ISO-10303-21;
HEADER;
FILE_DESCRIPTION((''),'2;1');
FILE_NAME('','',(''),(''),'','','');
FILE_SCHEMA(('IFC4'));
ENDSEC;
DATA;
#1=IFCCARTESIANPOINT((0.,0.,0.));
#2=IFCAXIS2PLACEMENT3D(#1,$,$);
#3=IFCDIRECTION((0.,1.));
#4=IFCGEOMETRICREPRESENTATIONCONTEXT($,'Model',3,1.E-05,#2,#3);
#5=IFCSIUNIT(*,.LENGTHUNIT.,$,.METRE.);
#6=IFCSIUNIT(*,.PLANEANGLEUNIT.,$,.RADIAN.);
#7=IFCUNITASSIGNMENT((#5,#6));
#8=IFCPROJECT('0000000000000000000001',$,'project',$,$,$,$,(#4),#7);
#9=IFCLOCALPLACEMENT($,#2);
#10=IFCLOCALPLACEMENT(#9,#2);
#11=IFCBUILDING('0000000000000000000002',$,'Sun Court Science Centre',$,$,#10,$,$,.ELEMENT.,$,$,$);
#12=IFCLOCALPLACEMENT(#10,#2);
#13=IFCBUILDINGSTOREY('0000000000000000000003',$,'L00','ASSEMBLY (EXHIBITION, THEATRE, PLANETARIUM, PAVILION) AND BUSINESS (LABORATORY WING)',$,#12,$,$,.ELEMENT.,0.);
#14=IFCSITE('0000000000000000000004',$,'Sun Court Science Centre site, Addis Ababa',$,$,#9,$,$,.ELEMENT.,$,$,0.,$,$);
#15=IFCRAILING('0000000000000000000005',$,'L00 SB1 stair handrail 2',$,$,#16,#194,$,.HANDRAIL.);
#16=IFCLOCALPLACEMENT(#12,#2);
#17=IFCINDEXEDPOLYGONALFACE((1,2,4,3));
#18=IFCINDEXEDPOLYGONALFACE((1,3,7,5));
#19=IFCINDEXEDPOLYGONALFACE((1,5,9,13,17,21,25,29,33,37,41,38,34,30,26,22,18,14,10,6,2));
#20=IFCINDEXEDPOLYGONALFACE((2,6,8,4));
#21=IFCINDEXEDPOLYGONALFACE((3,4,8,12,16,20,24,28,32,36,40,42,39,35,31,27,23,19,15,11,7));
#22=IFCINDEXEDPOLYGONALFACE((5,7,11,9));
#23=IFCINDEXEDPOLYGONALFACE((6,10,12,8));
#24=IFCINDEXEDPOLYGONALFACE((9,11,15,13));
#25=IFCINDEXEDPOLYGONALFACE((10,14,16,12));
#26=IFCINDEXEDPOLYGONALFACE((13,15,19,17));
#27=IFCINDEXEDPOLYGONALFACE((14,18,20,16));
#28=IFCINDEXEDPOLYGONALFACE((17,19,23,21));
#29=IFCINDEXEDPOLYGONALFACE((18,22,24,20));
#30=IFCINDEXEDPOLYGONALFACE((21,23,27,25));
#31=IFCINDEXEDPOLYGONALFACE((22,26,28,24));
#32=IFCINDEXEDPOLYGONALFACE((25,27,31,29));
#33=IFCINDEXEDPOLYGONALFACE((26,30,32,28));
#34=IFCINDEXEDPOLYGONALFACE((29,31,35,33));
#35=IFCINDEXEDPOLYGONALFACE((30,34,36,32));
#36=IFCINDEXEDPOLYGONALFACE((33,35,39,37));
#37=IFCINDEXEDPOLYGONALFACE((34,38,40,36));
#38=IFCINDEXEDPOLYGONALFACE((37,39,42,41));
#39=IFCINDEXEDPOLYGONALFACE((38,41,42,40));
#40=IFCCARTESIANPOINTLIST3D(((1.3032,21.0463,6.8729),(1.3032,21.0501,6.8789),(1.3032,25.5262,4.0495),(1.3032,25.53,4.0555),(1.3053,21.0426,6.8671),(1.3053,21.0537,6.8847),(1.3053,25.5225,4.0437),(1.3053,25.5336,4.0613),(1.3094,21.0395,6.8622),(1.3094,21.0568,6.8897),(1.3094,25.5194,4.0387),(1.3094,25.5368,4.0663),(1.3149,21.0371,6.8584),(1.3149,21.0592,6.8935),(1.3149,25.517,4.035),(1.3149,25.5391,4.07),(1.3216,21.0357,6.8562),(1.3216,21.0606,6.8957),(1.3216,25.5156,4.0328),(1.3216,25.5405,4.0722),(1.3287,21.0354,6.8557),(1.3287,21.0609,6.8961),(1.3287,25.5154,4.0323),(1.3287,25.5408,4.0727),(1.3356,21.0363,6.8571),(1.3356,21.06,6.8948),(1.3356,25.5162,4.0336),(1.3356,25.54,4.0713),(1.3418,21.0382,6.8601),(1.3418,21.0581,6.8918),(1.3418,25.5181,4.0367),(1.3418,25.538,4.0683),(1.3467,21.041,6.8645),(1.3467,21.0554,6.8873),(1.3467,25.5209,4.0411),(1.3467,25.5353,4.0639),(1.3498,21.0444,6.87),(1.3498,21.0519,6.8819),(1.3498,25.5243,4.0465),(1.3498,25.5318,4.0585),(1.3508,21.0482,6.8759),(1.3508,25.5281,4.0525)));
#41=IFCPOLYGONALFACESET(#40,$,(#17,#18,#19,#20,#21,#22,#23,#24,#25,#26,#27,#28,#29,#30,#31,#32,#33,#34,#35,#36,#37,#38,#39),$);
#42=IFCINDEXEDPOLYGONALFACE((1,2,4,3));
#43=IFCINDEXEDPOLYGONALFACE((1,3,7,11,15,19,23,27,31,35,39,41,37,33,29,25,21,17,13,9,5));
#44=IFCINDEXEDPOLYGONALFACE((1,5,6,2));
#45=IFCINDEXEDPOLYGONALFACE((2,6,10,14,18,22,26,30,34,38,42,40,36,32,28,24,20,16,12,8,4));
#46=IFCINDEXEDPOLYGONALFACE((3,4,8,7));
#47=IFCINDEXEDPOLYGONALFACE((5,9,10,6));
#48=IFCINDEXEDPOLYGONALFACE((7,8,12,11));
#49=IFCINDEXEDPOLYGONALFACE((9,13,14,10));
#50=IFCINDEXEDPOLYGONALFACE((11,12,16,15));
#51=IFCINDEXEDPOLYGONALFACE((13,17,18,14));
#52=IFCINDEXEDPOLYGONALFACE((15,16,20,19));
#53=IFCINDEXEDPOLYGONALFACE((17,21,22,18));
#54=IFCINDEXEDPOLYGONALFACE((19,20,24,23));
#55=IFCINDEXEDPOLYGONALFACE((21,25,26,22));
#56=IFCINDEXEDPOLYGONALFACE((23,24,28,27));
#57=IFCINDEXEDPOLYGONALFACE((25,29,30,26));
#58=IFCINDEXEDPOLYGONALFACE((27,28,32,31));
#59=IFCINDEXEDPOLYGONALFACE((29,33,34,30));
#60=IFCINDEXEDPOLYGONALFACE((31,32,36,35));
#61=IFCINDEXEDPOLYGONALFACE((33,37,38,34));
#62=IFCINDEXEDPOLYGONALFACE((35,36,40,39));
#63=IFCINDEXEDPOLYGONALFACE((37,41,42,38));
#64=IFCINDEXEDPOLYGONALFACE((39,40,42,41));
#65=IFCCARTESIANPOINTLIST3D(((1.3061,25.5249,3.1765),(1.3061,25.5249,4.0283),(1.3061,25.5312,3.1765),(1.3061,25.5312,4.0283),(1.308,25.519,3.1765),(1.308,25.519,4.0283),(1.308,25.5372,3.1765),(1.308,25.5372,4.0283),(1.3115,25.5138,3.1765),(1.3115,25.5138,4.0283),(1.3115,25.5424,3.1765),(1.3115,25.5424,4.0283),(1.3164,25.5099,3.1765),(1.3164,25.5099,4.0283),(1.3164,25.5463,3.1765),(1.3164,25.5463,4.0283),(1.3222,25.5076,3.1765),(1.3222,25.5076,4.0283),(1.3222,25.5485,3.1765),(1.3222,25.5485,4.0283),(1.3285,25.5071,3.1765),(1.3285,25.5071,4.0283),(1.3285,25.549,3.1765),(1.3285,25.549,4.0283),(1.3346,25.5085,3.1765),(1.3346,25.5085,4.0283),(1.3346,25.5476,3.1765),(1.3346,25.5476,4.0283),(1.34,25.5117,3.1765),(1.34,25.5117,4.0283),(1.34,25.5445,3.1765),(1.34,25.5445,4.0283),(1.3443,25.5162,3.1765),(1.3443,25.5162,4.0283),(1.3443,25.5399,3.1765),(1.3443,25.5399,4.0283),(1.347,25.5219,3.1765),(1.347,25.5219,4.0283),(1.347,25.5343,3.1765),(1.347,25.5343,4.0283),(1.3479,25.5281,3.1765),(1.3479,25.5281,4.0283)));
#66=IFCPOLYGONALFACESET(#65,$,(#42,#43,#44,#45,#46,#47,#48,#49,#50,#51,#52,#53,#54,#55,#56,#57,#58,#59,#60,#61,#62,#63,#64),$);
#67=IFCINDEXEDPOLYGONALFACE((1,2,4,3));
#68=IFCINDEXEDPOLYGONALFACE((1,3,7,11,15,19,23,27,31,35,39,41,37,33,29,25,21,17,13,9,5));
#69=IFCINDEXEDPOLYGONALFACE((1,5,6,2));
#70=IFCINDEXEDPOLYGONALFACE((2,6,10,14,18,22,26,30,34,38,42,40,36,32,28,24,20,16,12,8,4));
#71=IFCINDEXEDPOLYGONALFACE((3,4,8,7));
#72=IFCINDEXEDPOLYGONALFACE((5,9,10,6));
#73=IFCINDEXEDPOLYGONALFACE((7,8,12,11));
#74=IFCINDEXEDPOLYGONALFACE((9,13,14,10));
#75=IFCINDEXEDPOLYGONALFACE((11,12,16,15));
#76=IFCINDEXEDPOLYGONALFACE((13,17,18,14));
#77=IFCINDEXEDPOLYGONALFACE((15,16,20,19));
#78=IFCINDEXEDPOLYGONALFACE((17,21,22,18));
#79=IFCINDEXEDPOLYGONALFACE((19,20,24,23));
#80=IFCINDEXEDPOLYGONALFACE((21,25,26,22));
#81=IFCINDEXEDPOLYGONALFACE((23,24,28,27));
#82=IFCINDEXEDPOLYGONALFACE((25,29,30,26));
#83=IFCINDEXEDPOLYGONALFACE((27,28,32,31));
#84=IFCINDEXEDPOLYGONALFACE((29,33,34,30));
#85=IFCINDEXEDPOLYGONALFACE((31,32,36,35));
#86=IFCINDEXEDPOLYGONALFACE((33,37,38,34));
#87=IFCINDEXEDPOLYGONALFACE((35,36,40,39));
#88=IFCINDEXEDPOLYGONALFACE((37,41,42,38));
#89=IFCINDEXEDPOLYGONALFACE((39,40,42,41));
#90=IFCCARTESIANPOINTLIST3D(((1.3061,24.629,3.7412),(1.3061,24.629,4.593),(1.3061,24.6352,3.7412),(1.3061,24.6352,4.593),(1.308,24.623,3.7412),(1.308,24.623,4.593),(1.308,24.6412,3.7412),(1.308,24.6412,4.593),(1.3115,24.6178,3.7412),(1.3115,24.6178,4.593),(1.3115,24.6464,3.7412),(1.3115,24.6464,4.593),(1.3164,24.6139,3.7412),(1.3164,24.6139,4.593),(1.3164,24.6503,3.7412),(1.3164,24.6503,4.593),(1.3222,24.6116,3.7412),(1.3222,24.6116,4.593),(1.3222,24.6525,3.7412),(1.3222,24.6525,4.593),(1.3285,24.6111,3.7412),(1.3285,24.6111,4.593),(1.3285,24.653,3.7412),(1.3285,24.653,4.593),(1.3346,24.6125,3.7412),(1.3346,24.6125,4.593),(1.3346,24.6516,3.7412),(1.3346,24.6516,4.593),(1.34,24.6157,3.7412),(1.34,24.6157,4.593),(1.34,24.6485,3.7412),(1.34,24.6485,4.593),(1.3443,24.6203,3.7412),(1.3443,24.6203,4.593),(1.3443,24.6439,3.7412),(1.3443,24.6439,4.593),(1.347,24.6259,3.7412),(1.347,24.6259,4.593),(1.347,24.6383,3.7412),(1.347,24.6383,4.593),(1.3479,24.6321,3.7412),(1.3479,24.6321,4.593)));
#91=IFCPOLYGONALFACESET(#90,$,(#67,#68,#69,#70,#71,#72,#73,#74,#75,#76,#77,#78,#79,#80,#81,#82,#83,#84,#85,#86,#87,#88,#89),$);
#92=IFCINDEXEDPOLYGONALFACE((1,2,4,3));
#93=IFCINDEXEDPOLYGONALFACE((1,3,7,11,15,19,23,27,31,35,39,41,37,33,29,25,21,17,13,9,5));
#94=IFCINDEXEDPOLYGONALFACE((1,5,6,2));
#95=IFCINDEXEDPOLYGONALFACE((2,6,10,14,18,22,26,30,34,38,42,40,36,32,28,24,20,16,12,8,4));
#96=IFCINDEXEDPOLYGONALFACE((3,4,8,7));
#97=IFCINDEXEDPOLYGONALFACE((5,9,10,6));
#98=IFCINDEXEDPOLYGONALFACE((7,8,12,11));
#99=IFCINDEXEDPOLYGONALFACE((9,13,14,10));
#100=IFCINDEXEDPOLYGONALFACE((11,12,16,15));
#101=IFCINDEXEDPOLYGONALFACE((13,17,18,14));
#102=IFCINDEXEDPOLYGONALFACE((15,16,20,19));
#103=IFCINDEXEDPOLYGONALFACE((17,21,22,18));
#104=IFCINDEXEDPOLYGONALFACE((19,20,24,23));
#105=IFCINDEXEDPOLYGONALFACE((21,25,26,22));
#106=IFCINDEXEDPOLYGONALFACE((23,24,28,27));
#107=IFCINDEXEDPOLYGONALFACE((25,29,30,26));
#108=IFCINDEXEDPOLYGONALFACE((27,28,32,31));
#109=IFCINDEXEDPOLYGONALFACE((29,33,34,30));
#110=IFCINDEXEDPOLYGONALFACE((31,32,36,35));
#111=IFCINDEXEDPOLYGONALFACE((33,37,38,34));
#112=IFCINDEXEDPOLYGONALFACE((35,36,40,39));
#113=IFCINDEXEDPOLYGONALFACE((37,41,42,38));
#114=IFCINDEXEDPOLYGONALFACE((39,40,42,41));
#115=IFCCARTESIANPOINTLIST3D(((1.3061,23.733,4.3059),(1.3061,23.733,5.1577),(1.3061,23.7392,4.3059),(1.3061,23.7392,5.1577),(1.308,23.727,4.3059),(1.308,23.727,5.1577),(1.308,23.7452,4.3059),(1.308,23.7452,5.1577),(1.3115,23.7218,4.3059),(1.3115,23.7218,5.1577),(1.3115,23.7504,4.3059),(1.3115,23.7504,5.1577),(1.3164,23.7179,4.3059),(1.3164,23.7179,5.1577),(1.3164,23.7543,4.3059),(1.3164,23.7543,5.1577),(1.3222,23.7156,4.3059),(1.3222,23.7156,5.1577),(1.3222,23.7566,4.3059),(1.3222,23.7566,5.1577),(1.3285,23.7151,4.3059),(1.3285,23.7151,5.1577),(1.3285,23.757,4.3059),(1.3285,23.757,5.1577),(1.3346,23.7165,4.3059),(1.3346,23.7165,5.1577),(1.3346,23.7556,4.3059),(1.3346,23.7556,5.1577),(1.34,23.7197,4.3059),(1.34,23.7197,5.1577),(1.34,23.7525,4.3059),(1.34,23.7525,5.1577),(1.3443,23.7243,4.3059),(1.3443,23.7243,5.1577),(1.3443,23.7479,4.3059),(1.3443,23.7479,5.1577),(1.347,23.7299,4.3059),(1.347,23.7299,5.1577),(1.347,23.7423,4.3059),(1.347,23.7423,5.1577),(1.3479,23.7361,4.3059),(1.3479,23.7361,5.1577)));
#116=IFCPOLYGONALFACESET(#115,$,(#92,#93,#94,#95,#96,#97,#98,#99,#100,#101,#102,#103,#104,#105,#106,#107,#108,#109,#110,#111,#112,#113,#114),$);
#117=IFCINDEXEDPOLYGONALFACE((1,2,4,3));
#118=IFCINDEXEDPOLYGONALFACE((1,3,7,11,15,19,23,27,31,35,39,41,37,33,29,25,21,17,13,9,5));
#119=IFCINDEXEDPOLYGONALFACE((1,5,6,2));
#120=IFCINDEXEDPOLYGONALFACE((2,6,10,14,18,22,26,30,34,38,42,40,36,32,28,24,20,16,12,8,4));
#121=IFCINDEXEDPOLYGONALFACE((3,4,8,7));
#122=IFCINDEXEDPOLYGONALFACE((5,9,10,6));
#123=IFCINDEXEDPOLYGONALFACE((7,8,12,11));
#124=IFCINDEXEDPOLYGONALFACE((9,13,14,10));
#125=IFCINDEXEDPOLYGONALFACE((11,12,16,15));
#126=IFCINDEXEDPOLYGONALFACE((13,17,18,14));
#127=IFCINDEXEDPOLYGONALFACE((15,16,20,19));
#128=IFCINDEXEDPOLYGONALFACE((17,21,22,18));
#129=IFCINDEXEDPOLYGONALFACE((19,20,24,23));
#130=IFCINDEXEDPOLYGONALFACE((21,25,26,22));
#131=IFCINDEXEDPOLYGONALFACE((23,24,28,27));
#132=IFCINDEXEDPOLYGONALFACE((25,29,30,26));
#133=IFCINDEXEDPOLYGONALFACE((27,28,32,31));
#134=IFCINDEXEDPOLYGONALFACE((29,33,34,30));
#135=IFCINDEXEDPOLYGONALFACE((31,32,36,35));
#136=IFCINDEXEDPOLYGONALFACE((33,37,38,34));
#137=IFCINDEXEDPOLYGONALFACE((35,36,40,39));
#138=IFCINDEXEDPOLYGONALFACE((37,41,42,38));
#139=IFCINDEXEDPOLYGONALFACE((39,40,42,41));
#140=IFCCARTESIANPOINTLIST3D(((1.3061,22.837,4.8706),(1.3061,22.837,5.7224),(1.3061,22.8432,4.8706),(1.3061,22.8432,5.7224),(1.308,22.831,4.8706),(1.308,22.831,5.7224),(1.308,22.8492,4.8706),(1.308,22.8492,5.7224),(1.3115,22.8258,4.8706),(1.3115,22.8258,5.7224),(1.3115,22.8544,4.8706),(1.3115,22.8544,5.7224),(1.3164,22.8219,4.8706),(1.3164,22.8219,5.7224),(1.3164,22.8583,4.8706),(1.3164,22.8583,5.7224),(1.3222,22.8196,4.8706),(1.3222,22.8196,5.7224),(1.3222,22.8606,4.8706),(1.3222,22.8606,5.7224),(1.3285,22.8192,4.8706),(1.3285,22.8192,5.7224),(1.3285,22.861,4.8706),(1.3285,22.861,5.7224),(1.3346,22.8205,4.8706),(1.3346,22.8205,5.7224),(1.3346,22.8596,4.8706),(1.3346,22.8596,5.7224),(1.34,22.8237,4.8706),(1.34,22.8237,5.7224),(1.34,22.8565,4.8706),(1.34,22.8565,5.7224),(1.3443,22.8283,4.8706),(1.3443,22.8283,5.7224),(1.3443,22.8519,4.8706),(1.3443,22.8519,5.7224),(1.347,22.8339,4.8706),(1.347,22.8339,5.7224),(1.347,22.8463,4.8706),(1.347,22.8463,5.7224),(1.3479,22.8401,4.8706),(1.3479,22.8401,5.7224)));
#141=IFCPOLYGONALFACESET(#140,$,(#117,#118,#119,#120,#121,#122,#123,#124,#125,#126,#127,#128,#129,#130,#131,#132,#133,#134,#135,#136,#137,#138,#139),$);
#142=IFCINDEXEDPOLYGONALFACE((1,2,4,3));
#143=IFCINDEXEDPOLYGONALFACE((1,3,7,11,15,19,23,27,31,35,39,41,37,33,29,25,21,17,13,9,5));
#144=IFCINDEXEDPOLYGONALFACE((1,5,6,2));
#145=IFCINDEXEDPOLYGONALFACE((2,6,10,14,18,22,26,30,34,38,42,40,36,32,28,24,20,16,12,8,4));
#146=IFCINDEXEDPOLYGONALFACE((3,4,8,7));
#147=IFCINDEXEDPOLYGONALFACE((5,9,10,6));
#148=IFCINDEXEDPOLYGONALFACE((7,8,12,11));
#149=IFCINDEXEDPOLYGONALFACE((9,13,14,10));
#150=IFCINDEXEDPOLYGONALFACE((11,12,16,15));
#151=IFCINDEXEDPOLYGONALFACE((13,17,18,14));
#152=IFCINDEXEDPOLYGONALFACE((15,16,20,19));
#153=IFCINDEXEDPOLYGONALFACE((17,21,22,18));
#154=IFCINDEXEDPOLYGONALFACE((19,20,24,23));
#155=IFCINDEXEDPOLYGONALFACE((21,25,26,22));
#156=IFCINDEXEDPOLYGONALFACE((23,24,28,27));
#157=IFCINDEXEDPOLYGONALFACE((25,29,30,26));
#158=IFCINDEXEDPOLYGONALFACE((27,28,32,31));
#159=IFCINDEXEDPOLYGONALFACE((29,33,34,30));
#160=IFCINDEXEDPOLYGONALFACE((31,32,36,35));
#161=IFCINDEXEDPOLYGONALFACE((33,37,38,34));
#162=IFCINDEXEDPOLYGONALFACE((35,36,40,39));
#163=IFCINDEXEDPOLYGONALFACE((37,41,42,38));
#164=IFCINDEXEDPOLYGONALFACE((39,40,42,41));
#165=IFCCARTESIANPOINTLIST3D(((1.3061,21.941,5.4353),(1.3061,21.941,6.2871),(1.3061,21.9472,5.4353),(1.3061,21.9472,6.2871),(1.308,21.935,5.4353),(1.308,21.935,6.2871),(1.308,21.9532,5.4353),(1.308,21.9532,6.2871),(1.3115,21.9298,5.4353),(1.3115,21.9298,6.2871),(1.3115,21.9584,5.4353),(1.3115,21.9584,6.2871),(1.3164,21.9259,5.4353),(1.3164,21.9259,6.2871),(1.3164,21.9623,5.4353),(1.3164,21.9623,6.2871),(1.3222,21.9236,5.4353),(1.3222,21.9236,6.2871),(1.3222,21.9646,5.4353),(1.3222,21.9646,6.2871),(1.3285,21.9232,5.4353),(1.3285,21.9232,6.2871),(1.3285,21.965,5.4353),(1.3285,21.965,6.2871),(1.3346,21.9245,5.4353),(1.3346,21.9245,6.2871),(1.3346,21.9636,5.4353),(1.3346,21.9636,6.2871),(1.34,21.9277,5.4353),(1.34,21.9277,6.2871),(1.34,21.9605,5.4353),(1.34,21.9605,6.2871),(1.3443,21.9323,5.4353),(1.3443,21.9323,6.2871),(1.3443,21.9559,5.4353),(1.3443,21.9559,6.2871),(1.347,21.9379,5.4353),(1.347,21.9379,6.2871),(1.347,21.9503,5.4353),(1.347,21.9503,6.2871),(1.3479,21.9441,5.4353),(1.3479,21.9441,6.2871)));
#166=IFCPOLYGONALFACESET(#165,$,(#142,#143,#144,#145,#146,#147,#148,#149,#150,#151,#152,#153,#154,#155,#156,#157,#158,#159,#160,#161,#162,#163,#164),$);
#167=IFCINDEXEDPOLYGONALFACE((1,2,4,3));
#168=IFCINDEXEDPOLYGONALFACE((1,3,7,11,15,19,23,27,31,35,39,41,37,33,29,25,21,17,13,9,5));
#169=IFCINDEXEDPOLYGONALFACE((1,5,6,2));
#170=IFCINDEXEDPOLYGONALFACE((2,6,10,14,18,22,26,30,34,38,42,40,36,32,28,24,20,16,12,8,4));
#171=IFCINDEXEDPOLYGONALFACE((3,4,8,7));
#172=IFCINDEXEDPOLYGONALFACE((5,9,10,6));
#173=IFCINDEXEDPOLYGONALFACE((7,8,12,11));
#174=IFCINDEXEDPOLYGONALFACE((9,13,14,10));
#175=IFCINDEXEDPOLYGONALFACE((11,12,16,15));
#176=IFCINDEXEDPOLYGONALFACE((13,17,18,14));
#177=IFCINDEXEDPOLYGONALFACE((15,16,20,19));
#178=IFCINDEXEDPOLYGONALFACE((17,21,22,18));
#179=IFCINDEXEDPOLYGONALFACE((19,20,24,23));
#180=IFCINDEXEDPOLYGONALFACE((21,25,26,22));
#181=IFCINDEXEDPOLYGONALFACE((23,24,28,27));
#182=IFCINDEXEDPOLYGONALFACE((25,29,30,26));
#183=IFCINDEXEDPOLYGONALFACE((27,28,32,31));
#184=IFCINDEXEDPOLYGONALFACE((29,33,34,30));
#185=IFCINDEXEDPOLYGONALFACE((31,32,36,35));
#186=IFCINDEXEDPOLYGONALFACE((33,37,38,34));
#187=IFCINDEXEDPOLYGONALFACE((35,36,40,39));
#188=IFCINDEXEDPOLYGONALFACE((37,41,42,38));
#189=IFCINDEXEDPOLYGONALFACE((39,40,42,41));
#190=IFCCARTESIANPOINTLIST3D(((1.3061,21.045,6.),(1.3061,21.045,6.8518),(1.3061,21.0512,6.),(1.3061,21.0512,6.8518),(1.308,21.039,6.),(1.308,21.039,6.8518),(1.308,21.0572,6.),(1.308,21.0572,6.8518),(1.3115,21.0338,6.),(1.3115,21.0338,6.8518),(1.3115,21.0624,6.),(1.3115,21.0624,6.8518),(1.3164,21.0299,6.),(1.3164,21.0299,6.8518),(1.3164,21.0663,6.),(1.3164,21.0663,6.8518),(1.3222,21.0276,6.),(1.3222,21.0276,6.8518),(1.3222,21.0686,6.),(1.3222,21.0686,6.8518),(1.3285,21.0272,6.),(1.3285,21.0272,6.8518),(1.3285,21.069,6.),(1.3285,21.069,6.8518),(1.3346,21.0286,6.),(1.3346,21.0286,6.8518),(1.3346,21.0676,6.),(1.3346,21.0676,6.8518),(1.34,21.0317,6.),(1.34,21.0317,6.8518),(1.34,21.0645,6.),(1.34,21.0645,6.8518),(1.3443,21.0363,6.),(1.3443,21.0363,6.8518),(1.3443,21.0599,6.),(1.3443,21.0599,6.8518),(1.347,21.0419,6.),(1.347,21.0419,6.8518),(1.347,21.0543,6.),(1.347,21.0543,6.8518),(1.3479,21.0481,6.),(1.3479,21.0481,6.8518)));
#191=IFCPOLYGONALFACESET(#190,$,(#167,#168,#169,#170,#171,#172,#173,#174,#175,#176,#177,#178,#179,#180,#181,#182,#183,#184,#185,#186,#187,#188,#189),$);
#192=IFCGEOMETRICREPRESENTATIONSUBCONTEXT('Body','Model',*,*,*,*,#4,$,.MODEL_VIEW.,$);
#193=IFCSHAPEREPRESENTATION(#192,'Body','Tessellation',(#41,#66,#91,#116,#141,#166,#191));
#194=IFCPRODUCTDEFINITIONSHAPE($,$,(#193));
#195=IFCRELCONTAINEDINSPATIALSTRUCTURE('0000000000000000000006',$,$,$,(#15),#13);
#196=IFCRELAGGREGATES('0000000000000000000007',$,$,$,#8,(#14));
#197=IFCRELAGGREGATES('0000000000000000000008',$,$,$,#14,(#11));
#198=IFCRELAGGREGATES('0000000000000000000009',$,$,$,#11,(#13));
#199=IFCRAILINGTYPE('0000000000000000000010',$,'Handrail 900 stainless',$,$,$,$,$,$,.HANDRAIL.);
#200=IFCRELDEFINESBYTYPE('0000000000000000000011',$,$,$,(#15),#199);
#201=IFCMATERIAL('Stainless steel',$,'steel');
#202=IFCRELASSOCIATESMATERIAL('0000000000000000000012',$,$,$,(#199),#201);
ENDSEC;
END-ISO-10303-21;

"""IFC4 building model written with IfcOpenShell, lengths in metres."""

from ifc_helpers import new_model, si_unit, direction, frame, origin, origin_2d, place, context, subcontext, project, spatial, circle, extrude, material, type_object, element, save


model = new_model("IFC4")

# Units and contexts
model_context = context("Model", 3, precision=1e-05, world=origin(), true_north=direction((0.0, 1.0)))
body_context = subcontext(model_context, "Body", "Model", "MODEL_VIEW")
ifc_project = project(units=[si_unit("LENGTHUNIT", "METRE"), si_unit("PLANEANGLEUNIT", "RADIAN")], contexts=[model_context])

# Site, building, storey
site_placement = place(None, origin())
site = spatial("IfcSite", under=ifc_project, at=site_placement, Name="Sun Court Science Centre site, Addis Ababa", CompositionType="ELEMENT", RefElevation=0.0)
building_placement = place(site_placement, origin())
building = spatial("IfcBuilding", under=site, at=building_placement, Name="Sun Court Science Centre", CompositionType="ELEMENT")
storey_placement = place(building_placement, origin())
storey = spatial("IfcBuildingStorey", under=building, at=storey_placement, Name="L00", Description="ASSEMBLY (EXHIBITION, THEATRE, PLANETARIUM, PAVILION) AND BUSINESS (LABORATORY WING)", CompositionType="ELEMENT", Elevation=0.0)

# Railing
ifc_material_1 = material(Name="Stainless steel", Category="steel")
railing_type_1 = type_object("IfcRailingType", Name="Handrail 900 stainless", PredefinedType="HANDRAIL", material=ifc_material_1)
railing_1_placement = place(storey_placement, frame((1.3269, 25.5281, 3.1765)))
element("IfcRailing", 1, at=railing_1_placement, inside=storey, type_object=railing_type_1, Name="L00 SB1 stair handrail 2", PredefinedType="HANDRAIL", context=body_context, shape_type="SweptSolid", body=[
    extrude(circle(Radius=0.0239, at=origin_2d()), frame((0.0, 0.0, 0.876), z_axis=(0.0, -0.845998, 0.533186), x_axis=(1.0, 0.0, 0.0)), (0.0, 0.0, 1.0), 5.2954),
    extrude(circle(Radius=0.021, at=origin_2d()), origin(), (0.0, 0.0, 1.0), 0.8518),
    extrude(circle(Radius=0.021, at=origin_2d()), frame((0.0, -0.896, 0.5647)), (0.0, 0.0, 1.0), 0.8518),
    extrude(circle(Radius=0.021, at=origin_2d()), frame((0.0, -1.792, 1.1294)), (0.0, 0.0, 1.0), 0.8518),
    extrude(circle(Radius=0.021, at=origin_2d()), frame((0.0, -2.688, 1.6941)), (0.0, 0.0, 1.0), 0.8518),
    extrude(circle(Radius=0.021, at=origin_2d()), frame((0.0, -3.584, 2.2588)), (0.0, 0.0, 1.0), 0.8518),
    extrude(circle(Radius=0.021, at=origin_2d()), frame((0.0, -4.48, 2.8235)), (0.0, 0.0, 1.0), 0.8518),
])

save(model, "model.ifc")
